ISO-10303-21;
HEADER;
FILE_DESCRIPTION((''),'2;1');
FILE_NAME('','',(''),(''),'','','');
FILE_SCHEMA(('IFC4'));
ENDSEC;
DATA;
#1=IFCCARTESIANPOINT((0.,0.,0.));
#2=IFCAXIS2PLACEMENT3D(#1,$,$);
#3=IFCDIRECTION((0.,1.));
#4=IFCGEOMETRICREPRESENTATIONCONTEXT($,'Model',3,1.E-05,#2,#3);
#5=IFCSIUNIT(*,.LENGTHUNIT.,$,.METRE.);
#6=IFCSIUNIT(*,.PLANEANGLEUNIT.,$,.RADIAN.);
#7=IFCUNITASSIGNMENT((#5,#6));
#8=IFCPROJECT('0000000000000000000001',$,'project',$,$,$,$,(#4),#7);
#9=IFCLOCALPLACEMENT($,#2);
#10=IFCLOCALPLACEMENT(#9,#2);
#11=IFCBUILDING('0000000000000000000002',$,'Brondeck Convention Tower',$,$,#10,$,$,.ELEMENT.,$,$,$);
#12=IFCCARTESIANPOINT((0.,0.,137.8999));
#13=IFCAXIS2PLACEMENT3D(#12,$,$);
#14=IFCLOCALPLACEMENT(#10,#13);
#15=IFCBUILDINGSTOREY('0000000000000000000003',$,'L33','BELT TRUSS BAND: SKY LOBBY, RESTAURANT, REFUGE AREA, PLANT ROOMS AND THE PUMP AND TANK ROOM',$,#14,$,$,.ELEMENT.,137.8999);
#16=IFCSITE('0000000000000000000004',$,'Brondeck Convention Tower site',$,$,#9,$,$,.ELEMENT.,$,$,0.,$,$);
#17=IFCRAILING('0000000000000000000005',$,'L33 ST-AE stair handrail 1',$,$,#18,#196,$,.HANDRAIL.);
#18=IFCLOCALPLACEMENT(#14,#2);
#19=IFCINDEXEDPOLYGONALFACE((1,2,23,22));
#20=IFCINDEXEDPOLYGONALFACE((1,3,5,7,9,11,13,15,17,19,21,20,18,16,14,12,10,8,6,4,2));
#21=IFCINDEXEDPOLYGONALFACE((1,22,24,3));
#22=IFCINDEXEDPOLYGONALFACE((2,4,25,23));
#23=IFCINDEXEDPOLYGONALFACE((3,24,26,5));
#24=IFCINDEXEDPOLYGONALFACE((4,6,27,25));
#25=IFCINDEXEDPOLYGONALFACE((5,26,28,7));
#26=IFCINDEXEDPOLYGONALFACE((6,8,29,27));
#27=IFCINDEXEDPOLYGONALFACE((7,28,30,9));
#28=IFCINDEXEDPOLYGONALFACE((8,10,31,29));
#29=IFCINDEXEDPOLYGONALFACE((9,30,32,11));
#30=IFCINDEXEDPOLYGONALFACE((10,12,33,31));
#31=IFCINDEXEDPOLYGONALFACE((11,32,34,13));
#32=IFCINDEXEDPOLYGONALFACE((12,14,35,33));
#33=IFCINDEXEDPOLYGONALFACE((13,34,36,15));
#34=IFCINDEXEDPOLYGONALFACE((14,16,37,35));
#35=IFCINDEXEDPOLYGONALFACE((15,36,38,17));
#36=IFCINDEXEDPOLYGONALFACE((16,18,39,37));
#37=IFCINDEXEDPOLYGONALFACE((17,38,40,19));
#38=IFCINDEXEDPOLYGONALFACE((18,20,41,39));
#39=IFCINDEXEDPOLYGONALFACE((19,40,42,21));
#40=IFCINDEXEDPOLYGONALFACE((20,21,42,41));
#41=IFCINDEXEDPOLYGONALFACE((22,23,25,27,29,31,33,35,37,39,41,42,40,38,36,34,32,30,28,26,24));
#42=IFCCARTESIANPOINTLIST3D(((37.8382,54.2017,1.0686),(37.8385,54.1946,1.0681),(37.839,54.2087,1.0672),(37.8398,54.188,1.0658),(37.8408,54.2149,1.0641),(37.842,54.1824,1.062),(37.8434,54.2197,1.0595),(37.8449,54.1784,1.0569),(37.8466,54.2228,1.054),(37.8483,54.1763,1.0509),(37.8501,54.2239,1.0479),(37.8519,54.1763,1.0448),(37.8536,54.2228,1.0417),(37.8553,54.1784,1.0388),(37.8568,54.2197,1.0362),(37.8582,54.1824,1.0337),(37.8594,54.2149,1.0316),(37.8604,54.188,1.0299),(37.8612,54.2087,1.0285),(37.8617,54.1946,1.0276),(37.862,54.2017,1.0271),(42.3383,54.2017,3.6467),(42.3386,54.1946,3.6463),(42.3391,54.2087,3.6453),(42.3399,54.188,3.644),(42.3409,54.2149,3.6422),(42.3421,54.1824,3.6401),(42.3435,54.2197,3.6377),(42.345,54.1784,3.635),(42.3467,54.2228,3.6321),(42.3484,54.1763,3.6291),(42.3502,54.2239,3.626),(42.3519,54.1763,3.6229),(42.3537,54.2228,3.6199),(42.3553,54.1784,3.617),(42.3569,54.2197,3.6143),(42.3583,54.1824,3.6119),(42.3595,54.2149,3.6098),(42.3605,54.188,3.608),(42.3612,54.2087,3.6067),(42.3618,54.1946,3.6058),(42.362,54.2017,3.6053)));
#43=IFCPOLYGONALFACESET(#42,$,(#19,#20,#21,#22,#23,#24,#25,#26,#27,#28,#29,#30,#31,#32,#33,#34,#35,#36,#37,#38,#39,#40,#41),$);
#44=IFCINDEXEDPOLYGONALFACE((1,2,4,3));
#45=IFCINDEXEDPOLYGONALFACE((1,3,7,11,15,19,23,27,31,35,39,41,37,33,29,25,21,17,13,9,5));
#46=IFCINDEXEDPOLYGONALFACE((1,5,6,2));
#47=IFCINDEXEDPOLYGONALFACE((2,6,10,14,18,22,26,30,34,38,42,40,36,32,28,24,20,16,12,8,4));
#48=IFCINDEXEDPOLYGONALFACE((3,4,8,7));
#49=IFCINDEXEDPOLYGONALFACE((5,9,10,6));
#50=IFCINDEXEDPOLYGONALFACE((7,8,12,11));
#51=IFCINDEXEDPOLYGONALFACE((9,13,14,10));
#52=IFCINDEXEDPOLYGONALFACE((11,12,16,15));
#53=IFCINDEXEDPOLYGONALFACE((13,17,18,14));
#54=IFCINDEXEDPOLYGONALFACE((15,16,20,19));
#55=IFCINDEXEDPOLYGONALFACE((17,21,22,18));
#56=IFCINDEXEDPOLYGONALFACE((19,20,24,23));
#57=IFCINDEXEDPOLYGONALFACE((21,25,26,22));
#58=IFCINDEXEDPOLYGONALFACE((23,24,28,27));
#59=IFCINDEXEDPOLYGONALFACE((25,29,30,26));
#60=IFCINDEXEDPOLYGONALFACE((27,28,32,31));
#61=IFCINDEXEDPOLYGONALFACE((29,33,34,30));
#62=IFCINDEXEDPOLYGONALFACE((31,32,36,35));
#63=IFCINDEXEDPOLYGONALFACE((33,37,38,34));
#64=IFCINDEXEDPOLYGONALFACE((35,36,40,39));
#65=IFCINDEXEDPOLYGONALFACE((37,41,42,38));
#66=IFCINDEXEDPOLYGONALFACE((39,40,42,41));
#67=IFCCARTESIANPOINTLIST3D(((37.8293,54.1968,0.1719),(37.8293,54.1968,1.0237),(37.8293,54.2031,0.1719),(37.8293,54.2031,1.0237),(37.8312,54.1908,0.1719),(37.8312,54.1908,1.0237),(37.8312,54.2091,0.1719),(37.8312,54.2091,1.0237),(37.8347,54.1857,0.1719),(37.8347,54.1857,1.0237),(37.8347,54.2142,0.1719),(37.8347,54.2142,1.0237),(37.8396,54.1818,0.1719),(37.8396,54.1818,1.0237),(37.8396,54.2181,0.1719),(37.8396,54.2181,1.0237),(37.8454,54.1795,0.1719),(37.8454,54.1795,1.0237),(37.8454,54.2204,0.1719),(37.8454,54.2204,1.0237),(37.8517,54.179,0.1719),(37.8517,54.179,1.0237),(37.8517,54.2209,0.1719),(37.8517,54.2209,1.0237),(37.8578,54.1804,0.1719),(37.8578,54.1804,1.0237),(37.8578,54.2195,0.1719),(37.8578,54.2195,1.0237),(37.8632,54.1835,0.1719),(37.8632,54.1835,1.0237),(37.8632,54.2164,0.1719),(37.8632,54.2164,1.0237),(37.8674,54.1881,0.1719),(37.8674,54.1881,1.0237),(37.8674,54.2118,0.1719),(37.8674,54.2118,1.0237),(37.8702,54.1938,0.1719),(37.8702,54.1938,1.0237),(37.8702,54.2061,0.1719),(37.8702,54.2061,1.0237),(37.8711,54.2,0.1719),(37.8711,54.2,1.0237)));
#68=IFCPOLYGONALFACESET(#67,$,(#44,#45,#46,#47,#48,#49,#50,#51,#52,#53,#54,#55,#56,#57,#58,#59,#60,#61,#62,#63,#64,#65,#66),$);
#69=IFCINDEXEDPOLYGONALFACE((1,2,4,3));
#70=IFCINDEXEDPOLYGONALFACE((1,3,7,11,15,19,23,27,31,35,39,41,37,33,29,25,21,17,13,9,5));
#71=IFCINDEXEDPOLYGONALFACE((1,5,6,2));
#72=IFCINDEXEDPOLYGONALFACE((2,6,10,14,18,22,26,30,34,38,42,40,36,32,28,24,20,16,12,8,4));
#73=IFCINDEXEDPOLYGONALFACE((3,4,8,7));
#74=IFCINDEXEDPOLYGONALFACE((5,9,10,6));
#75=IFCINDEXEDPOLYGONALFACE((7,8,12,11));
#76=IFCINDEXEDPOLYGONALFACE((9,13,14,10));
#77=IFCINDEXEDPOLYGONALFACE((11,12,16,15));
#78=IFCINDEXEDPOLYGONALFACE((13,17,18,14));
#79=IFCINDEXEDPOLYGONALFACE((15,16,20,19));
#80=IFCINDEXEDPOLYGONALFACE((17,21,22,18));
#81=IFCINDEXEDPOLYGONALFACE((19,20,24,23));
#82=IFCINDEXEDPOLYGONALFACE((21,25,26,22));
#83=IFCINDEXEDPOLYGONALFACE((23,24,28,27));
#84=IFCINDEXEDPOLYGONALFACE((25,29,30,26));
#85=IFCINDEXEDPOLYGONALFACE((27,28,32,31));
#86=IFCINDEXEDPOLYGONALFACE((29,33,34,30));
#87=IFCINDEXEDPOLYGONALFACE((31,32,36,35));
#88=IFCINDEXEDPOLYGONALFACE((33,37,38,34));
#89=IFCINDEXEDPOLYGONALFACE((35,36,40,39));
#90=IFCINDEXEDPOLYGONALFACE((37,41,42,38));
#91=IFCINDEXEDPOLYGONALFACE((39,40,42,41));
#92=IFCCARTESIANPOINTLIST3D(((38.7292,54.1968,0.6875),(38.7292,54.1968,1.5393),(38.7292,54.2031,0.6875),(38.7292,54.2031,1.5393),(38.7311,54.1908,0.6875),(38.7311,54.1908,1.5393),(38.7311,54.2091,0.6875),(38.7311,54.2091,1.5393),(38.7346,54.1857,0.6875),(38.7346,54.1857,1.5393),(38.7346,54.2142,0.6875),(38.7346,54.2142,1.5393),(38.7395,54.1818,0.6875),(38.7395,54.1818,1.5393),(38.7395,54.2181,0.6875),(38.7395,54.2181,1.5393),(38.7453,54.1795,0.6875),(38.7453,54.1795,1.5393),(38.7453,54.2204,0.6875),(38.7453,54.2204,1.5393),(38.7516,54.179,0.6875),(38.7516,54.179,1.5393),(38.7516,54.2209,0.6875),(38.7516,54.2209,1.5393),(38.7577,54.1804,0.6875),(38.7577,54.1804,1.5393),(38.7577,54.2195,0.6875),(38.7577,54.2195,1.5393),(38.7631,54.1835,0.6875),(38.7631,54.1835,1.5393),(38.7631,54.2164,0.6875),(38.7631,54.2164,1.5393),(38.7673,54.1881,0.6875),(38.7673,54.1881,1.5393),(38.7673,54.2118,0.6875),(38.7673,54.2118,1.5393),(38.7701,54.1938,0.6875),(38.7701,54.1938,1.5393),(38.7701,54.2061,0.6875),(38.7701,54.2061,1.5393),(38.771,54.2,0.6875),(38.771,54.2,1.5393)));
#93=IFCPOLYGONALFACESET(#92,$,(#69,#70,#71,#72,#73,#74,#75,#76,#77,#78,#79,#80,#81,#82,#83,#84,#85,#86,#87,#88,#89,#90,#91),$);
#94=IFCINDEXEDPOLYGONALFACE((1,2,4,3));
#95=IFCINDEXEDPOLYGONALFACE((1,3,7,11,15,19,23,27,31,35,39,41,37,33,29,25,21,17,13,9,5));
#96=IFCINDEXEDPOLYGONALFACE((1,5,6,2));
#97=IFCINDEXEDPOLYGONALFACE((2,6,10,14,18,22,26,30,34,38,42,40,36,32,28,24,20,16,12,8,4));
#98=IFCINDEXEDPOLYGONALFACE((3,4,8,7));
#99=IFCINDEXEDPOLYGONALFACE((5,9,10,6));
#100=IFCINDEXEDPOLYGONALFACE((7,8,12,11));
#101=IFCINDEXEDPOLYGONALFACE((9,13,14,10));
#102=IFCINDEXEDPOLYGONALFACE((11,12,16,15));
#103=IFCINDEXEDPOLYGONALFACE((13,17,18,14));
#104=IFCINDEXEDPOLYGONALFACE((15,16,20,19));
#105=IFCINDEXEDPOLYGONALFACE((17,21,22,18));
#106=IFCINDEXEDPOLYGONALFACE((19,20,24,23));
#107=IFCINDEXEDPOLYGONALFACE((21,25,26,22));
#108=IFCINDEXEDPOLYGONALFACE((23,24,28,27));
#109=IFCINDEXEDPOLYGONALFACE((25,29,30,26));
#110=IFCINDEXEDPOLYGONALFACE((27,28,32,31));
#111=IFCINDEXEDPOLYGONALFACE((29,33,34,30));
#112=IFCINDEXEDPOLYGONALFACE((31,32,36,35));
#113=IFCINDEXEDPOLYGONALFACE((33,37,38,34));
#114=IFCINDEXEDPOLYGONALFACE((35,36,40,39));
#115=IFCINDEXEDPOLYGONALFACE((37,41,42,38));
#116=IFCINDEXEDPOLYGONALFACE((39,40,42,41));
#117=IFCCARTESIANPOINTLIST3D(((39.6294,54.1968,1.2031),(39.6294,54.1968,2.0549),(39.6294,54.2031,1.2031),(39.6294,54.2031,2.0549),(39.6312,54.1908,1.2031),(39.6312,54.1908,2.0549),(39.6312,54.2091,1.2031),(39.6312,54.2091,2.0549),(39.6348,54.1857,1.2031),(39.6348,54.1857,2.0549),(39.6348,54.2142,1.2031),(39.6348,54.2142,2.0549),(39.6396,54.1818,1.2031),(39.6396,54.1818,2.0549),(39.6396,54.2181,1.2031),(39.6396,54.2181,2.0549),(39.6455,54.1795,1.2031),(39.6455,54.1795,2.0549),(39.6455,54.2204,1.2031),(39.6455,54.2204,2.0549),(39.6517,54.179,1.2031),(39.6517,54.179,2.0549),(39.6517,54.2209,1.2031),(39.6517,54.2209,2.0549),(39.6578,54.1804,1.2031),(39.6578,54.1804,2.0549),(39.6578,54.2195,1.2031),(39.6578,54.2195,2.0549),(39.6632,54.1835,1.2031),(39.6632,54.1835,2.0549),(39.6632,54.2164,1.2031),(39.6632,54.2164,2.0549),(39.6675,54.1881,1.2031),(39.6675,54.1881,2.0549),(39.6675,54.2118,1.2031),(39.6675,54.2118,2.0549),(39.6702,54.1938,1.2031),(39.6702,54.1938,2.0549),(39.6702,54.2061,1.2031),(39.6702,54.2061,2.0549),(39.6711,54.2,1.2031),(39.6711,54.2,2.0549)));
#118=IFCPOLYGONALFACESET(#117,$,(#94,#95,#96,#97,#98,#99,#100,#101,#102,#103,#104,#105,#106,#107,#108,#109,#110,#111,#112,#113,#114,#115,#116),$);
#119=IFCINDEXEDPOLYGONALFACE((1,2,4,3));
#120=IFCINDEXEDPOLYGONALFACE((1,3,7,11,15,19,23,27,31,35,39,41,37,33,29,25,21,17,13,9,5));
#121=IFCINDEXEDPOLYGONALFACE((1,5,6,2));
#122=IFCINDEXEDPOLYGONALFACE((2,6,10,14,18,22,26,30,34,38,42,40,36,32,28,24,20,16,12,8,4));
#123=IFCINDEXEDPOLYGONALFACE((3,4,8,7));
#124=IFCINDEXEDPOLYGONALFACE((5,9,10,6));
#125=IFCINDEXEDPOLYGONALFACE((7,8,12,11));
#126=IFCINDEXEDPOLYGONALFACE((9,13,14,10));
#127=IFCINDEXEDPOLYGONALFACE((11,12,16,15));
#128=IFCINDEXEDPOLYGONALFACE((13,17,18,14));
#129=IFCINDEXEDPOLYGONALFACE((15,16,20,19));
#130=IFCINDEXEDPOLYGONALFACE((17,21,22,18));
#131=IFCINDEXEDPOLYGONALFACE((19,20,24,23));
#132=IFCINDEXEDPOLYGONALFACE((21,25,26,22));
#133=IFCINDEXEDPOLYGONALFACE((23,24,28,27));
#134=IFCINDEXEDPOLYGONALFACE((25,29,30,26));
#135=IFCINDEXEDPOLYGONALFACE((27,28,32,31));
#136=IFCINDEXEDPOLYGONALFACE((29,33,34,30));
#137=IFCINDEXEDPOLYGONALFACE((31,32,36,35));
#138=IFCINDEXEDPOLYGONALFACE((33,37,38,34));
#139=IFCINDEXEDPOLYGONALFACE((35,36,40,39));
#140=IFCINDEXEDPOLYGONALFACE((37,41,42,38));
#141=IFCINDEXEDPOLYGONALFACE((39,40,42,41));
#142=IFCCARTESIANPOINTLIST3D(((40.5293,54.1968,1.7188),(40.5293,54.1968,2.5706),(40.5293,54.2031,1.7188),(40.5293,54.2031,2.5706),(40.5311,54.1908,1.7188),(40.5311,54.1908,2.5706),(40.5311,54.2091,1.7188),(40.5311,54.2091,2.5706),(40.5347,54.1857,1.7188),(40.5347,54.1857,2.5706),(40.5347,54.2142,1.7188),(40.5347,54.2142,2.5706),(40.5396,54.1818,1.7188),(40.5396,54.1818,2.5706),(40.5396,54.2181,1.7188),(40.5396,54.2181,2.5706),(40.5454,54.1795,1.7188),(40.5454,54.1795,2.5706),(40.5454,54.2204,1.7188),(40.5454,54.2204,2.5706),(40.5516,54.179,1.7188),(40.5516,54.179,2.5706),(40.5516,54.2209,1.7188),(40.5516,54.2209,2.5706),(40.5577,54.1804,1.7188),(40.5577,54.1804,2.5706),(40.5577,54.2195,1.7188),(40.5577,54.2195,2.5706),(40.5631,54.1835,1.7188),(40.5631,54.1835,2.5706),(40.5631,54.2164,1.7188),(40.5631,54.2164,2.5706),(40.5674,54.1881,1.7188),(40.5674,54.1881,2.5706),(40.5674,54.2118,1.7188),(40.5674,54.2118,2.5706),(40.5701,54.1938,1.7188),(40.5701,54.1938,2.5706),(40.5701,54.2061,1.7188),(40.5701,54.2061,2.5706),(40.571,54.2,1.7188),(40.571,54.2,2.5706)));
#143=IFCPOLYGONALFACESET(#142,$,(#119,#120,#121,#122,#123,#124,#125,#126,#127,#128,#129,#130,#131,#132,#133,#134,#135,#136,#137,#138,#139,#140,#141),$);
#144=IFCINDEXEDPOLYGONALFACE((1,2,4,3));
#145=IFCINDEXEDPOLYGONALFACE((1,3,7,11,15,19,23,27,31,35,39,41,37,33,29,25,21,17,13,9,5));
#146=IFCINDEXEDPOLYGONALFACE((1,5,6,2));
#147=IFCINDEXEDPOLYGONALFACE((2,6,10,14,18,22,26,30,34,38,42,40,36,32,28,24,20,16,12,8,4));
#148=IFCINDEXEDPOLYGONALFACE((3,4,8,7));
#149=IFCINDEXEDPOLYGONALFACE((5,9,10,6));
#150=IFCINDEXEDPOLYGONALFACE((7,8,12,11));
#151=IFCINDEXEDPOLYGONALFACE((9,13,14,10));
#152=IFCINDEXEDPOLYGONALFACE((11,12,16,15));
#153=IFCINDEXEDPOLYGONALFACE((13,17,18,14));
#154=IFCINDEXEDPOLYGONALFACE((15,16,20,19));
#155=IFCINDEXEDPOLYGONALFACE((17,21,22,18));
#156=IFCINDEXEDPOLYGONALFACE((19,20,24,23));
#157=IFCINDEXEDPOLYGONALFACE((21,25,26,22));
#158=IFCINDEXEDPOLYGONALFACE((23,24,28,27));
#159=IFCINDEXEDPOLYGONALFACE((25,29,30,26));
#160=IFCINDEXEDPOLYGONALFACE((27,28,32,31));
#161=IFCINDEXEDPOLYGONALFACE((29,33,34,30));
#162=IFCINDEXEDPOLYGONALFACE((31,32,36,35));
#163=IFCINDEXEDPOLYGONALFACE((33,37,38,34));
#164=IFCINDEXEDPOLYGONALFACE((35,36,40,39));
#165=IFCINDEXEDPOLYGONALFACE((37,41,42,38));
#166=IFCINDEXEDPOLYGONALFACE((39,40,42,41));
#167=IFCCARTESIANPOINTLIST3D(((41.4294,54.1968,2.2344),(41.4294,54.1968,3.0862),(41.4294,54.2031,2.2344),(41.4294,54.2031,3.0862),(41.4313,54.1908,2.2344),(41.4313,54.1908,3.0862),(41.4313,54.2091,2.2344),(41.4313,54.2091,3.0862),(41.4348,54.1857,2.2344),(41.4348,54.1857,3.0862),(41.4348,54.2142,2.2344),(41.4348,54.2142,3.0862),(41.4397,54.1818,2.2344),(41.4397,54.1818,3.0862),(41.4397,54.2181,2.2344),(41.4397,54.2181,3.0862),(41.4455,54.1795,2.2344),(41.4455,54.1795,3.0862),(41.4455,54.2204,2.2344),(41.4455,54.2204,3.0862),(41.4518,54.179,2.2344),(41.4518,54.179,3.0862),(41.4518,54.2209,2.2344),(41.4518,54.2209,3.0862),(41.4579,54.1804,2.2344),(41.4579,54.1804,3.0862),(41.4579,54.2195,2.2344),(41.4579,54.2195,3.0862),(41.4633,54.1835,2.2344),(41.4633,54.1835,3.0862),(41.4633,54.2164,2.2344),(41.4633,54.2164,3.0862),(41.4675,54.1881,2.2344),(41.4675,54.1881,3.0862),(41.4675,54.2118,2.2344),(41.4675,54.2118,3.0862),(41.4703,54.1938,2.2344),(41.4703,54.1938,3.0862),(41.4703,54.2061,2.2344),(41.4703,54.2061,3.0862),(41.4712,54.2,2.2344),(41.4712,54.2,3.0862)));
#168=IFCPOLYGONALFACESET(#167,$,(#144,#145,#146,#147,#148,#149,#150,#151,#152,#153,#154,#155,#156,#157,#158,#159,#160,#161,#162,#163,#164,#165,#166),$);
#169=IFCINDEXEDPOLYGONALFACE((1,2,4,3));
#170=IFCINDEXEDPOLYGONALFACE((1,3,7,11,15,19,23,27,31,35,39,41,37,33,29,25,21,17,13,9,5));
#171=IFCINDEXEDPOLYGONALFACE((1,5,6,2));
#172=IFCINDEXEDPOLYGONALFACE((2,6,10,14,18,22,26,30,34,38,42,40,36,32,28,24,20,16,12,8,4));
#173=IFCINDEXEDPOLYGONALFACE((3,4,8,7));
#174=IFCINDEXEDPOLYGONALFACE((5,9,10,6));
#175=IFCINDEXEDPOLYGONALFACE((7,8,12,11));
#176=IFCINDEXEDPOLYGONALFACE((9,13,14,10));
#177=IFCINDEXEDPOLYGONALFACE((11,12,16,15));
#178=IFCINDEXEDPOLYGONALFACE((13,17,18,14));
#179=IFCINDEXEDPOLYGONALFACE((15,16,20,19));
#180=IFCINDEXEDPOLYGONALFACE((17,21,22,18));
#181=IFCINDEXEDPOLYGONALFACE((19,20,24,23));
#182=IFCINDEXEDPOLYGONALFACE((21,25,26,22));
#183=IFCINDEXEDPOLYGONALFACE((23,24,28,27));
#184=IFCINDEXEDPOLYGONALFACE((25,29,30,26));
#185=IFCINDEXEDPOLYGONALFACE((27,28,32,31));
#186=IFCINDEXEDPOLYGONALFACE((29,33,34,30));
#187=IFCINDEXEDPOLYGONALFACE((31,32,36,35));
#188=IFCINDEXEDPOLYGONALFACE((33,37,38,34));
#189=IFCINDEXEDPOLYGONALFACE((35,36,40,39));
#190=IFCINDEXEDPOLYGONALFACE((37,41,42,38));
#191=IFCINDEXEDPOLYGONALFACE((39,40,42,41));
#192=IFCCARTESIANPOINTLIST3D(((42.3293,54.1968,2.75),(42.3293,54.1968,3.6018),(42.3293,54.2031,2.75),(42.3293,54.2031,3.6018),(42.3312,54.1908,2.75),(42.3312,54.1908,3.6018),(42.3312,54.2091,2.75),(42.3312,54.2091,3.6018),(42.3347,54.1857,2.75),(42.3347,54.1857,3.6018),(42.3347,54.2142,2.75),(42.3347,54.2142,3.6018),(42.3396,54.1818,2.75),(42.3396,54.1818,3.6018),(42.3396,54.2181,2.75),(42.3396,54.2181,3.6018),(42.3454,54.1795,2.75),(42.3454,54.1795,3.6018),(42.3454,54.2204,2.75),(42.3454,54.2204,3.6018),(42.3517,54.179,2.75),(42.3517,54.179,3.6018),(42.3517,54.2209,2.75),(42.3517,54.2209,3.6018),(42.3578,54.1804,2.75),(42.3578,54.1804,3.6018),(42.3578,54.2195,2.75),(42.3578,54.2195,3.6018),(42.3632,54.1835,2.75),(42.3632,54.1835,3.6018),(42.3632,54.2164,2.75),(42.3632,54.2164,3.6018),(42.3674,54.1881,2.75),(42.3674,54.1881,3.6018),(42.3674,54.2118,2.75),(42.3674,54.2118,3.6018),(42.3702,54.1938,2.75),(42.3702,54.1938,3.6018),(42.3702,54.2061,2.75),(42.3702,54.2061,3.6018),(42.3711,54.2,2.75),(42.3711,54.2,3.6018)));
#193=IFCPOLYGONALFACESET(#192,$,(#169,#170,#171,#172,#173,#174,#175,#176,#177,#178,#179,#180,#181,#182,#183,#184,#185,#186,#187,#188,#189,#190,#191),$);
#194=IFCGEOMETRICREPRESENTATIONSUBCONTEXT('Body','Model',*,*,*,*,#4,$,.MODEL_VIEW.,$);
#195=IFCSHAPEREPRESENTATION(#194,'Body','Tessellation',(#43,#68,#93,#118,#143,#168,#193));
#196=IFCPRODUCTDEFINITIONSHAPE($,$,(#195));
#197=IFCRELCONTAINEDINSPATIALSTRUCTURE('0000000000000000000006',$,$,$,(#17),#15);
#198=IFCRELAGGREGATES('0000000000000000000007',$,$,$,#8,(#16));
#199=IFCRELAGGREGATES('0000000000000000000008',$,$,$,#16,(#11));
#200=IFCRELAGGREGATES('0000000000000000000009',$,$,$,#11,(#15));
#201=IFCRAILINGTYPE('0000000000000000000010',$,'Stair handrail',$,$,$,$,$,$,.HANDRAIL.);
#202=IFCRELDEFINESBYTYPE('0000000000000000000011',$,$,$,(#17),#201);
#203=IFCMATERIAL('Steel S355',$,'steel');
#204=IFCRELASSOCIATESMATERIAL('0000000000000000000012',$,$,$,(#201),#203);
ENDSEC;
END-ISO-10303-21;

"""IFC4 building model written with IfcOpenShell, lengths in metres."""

from ifc_helpers import new_model, si_unit, direction, frame, origin, origin_2d, place, context, subcontext, project, spatial, circle, extrude, material, type_object, element, save


model = new_model("IFC4")

# Units and contexts
model_context = context("Model", 3, precision=1e-05, world=origin(), true_north=direction((0.0, 1.0)))
body_context = subcontext(model_context, "Body", "Model", "MODEL_VIEW")
ifc_project = project(units=[si_unit("LENGTHUNIT", "METRE"), si_unit("PLANEANGLEUNIT", "RADIAN")], contexts=[model_context])

# Site, building, storey
site_placement = place(None, origin())
site = spatial("IfcSite", under=ifc_project, at=site_placement, Name="Brondeck Convention Tower site", CompositionType="ELEMENT", RefElevation=0.0)
building_placement = place(site_placement, origin())
building = spatial("IfcBuilding", under=site, at=building_placement, Name="Brondeck Convention Tower", CompositionType="ELEMENT")
storey_placement = place(building_placement, frame((0.0, 0.0, 137.8999)))
storey = spatial("IfcBuildingStorey", under=building, at=storey_placement, Name="L33", Description="BELT TRUSS BAND: SKY LOBBY, RESTAURANT, REFUGE AREA, PLANT ROOMS AND THE PUMP AND TANK ROOM", CompositionType="ELEMENT", Elevation=137.8999)

# Shared definitions
ifc_material_1 = material(Name="Steel S355", Category="steel")

# Railing
railing_type_1 = type_object("IfcRailingType", Name="Stair handrail", PredefinedType="HANDRAIL", material=ifc_material_1)
railing_1_placement = place(storey_placement, frame((37.8501, 54.2, 0.1719)))
element("IfcRailing", 1, at=railing_1_placement, inside=storey, type_object=railing_type_1, Name="L33 ST-AE stair handrail 1", PredefinedType="HANDRAIL", context=body_context, shape_type="SweptSolid", body=[
    extrude(circle(Radius=0.0239, at=origin_2d()), frame((0.0, 0.0, 0.876), z_axis=(0.867686, 0.0, 0.497112), x_axis=(0.0, 1.0, 0.0)), (0.0, 0.0, 1.0), 5.1863),
    extrude(circle(Radius=0.021, at=origin_2d()), origin(), (0.0, 0.0, 1.0), 0.8518),
    extrude(circle(Radius=0.021, at=origin_2d()), frame((0.8999, 0.0, 0.5156)), (0.0, 0.0, 1.0), 0.8518),
    extrude(circle(Radius=0.021, at=origin_2d()), frame((1.8, 0.0, 1.0312)), (0.0, 0.0, 1.0), 0.8518),
    extrude(circle(Radius=0.021, at=origin_2d()), frame((2.7, 0.0, 1.5469)), (0.0, 0.0, 1.0), 0.8518),
    extrude(circle(Radius=0.021, at=origin_2d()), frame((3.6001, 0.0, 2.0625)), (0.0, 0.0, 1.0), 0.8518),
    extrude(circle(Radius=0.021, at=origin_2d()), frame((4.5, 0.0, 2.5781)), (0.0, 0.0, 1.0), 0.8518),
])

save(model, "model.ifc")
